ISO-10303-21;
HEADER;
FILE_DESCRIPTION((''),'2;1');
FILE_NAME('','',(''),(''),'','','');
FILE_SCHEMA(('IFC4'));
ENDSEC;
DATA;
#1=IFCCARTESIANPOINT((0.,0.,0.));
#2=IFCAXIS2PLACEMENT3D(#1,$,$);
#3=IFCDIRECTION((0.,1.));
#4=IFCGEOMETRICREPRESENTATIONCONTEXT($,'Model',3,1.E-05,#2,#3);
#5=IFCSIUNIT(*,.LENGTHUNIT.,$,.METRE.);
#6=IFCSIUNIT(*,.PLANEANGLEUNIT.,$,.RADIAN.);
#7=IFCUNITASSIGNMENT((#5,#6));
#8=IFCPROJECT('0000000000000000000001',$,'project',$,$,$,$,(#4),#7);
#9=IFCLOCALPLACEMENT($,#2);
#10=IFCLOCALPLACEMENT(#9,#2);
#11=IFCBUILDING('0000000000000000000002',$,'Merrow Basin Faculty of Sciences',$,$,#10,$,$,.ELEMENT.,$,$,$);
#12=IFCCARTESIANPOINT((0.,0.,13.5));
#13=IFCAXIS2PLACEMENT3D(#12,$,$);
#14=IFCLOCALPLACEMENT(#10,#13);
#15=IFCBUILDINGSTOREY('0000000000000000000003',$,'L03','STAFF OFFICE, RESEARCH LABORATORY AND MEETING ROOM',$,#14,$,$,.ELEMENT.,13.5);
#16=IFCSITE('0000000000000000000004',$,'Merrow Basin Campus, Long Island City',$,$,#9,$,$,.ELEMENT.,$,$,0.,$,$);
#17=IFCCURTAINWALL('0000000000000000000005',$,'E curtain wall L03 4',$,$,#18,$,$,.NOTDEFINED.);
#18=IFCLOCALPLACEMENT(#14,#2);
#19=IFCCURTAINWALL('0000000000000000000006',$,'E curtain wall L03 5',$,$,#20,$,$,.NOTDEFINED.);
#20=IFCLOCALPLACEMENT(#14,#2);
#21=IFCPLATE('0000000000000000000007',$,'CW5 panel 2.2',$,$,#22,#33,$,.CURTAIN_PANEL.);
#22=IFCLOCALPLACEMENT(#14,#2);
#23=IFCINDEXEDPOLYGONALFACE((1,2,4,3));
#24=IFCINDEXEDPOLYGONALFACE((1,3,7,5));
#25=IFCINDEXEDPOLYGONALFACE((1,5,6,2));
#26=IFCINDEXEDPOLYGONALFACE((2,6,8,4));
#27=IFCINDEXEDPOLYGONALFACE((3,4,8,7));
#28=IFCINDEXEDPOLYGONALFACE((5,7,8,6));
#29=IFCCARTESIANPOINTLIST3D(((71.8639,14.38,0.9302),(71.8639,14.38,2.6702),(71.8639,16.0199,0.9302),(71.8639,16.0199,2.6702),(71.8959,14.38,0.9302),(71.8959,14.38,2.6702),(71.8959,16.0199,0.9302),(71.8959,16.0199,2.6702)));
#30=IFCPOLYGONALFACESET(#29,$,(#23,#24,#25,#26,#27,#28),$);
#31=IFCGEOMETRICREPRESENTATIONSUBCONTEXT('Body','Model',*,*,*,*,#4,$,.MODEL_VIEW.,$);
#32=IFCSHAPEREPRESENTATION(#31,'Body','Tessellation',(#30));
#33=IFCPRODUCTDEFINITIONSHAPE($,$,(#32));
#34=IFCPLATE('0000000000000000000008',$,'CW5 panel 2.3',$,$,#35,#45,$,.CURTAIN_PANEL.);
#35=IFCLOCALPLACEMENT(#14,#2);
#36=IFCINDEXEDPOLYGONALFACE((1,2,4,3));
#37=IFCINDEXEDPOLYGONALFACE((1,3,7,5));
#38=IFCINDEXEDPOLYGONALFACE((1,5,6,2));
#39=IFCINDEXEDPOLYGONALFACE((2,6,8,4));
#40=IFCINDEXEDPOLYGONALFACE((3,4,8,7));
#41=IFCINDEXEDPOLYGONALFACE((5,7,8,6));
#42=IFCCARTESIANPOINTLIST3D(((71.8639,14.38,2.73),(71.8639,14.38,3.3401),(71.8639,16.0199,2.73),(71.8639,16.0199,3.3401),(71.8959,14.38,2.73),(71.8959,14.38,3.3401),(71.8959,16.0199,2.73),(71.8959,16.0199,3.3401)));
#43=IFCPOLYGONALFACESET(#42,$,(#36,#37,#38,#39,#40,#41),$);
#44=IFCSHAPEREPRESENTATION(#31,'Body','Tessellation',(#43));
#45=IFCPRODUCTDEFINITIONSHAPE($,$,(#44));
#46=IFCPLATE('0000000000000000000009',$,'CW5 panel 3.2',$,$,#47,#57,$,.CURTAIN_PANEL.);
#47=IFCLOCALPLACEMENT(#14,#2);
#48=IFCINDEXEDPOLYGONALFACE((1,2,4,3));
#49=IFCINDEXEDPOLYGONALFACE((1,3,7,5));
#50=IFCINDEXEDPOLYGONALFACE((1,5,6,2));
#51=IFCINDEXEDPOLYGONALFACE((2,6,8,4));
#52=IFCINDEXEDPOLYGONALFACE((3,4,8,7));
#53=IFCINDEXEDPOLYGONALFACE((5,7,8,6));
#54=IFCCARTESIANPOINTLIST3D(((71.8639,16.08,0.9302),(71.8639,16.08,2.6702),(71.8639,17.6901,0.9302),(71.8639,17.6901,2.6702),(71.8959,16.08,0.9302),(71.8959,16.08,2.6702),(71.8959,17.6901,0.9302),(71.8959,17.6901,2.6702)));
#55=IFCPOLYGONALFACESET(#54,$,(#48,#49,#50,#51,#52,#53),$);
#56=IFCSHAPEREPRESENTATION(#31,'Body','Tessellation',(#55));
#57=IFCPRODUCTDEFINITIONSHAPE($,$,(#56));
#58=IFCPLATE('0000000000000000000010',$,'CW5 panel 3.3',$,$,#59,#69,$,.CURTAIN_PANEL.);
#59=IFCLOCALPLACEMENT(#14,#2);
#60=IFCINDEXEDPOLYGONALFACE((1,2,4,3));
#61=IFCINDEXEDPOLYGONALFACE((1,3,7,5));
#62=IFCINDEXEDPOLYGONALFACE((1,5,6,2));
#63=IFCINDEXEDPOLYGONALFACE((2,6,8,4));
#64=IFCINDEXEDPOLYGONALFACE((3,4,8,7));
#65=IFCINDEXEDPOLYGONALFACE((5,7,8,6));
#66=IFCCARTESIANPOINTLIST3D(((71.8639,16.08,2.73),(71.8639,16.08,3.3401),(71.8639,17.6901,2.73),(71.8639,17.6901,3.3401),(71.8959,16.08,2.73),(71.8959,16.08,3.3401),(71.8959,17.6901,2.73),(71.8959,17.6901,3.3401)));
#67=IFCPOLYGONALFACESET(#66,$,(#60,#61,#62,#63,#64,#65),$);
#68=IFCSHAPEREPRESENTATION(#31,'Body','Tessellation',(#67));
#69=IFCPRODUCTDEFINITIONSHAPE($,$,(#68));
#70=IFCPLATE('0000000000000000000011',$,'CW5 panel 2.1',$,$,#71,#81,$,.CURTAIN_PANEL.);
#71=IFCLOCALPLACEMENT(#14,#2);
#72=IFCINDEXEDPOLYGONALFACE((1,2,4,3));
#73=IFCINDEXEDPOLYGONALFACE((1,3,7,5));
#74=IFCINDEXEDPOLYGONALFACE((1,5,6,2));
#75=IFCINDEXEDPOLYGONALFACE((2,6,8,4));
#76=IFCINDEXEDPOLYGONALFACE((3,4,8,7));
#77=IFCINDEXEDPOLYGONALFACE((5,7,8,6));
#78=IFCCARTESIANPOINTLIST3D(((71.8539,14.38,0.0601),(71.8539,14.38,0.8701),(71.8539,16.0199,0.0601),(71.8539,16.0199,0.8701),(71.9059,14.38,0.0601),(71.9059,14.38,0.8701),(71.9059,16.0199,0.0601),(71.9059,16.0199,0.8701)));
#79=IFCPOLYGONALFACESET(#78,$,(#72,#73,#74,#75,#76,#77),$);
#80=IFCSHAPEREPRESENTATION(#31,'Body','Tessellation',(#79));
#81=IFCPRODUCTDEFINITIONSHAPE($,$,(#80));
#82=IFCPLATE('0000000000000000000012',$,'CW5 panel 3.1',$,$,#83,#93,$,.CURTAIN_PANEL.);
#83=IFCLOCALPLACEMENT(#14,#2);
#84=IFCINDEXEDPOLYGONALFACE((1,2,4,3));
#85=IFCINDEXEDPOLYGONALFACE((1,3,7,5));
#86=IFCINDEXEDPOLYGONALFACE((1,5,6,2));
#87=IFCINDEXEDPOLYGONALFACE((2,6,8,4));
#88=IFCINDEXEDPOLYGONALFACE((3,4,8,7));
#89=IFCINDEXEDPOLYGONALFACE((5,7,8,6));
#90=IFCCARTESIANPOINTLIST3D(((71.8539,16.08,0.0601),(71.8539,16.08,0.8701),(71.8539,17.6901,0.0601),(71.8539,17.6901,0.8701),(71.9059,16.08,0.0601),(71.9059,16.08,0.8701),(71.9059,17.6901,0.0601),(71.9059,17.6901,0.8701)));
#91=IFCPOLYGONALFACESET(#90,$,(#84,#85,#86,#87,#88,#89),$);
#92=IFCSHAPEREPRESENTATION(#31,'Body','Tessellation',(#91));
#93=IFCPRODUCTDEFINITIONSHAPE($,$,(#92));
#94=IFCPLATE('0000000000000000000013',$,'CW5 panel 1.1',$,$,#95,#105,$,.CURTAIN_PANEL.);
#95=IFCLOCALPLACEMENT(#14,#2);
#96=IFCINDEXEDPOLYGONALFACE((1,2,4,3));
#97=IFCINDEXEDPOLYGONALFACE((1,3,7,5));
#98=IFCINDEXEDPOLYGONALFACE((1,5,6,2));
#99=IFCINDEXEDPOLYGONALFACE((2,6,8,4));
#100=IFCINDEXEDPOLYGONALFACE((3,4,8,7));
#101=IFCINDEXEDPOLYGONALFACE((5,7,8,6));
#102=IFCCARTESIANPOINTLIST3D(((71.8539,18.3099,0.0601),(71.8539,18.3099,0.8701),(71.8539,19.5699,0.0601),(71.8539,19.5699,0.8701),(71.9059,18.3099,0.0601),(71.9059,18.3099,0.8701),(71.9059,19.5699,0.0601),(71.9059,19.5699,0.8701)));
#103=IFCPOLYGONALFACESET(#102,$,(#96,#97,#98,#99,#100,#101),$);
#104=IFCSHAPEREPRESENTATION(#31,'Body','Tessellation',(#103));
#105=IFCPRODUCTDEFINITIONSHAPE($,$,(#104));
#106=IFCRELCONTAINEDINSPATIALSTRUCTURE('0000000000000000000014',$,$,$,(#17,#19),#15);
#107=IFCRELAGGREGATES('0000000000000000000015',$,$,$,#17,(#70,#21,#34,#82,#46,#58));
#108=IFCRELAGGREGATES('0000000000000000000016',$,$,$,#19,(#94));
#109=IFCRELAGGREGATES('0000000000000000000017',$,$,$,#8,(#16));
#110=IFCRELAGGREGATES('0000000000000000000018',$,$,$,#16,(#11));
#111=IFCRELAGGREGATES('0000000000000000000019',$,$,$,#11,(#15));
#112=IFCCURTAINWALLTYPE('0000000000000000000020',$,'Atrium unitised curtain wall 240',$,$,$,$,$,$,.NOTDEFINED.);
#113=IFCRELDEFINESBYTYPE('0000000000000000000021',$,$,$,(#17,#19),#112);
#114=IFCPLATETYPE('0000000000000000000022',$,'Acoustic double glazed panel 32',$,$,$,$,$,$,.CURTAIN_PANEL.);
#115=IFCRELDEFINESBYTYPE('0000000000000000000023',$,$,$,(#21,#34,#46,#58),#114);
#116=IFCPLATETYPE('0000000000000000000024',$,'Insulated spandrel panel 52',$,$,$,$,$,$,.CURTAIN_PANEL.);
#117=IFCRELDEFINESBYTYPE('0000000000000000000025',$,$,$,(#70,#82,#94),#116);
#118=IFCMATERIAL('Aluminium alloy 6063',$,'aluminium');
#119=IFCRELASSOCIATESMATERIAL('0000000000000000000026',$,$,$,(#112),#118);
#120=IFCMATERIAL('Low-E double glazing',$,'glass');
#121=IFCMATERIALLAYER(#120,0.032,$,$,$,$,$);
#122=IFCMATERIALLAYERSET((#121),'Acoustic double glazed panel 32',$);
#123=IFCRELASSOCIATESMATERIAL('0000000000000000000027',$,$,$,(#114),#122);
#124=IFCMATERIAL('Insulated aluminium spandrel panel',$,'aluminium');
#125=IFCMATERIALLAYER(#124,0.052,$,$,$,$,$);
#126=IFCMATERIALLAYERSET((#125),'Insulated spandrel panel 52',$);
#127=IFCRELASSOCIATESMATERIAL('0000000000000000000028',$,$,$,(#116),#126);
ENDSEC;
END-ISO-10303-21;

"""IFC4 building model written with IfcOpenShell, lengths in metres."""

from ifc_helpers import new_model, si_unit, direction, frame, origin, origin_2d, place, context, subcontext, project, spatial, rectangle, extrude, material, layer, layer_set, type_object, element, aggregate, save


model = new_model("IFC4")

# Units and contexts
model_context = context("Model", 3, precision=1e-05, world=origin(), true_north=direction((0.0, 1.0)))
body_context = subcontext(model_context, "Body", "Model", "MODEL_VIEW")
ifc_project = project(units=[si_unit("LENGTHUNIT", "METRE"), si_unit("PLANEANGLEUNIT", "RADIAN")], contexts=[model_context])

# Site, building, storey
site_placement = place(None, origin())
site = spatial("IfcSite", under=ifc_project, at=site_placement, Name="Merrow Basin Campus, Long Island City", CompositionType="ELEMENT", RefElevation=0.0)
building_placement = place(site_placement, origin())
building = spatial("IfcBuilding", under=site, at=building_placement, Name="Merrow Basin Faculty of Sciences", CompositionType="ELEMENT")
storey_placement = place(building_placement, frame((0.0, 0.0, 13.5)))
storey = spatial("IfcBuildingStorey", under=building, at=storey_placement, Name="L03", Description="STAFF OFFICE, RESEARCH LABORATORY AND MEETING ROOM", CompositionType="ELEMENT", Elevation=13.5)

# Curtain wall
ifc_material_1 = material(Name="Aluminium alloy 6063", Category="aluminium")
curtain_wall_type = type_object("IfcCurtainWallType", Name="Atrium unitised curtain wall 240", PredefinedType="NOTDEFINED", material=ifc_material_1)
curtain_wall_1_placement = place(storey_placement, origin())
curtain_wall_1 = element("IfcCurtainWall", 1, at=curtain_wall_1_placement, inside=storey, type_object=curtain_wall_type, Name="E curtain wall L03 4", PredefinedType="NOTDEFINED")

# Curtain wall
curtain_wall_2_placement = place(storey_placement, origin())
curtain_wall_2 = element("IfcCurtainWall", 2, at=curtain_wall_2_placement, inside=storey, type_object=curtain_wall_type, Name="E curtain wall L03 5", PredefinedType="NOTDEFINED")

# Plates
ifc_material_2 = material(Name="Low-E double glazing", Category="glass")
ifc_layer_1 = layer(ifc_material_2, 0.032)
ifc_layer_set_1 = layer_set([ifc_layer_1], Name="Acoustic double glazed panel 32")
plate_type_1 = type_object("IfcPlateType", Name="Acoustic double glazed panel 32", PredefinedType="CURTAIN_PANEL", material=ifc_layer_set_1)
plate_1_placement = place(storey_placement, frame((71.8799, 15.2, 0.9302), z_axis=(0.0, 0.0, 1.0), x_axis=(0.0, 1.0, 0.0)))
plate_1 = element("IfcPlate", 3, at=plate_1_placement, type_object=plate_type_1, Name="CW5 panel 2.2", PredefinedType="CURTAIN_PANEL", context=body_context, shape_type="SweptSolid", body=[
    extrude(rectangle(XDim=1.6399, YDim=0.032, at=origin_2d()), origin(), (0.0, 0.0, 1.0), 1.74),
])
plate_2_placement = place(storey_placement, frame((71.8799, 15.2, 2.73), z_axis=(0.0, 0.0, 1.0), x_axis=(0.0, 1.0, 0.0)))
plate_2 = element("IfcPlate", 4, at=plate_2_placement, type_object=plate_type_1, Name="CW5 panel 2.3", PredefinedType="CURTAIN_PANEL", context=body_context, shape_type="SweptSolid", body=[
    extrude(rectangle(XDim=1.6399, YDim=0.032, at=origin_2d()), origin(), (0.0, 0.0, 1.0), 0.6101),
])
plate_3_placement = place(storey_placement, frame((71.8799, 16.885, 0.9302), z_axis=(0.0, 0.0, 1.0), x_axis=(0.0, 1.0, 0.0)))
plate_3 = element("IfcPlate", 5, at=plate_3_placement, type_object=plate_type_1, Name="CW5 panel 3.2", PredefinedType="CURTAIN_PANEL", context=body_context, shape_type="SweptSolid", body=[
    extrude(rectangle(XDim=1.6101, YDim=0.032, at=origin_2d()), origin(), (0.0, 0.0, 1.0), 1.74),
])
plate_4_placement = place(storey_placement, frame((71.8799, 16.885, 2.73), z_axis=(0.0, 0.0, 1.0), x_axis=(0.0, 1.0, 0.0)))
plate_4 = element("IfcPlate", 6, at=plate_4_placement, type_object=plate_type_1, Name="CW5 panel 3.3", PredefinedType="CURTAIN_PANEL", context=body_context, shape_type="SweptSolid", body=[
    extrude(rectangle(XDim=1.6101, YDim=0.032, at=origin_2d()), origin(), (0.0, 0.0, 1.0), 0.6101),
])
ifc_material_3 = material(Name="Insulated aluminium spandrel panel", Category="aluminium")
ifc_layer_2 = layer(ifc_material_3, 0.052)
ifc_layer_set_2 = layer_set([ifc_layer_2], Name="Insulated spandrel panel 52")
plate_type_2 = type_object("IfcPlateType", Name="Insulated spandrel panel 52", PredefinedType="CURTAIN_PANEL", material=ifc_layer_set_2)
plate_5_placement = place(storey_placement, frame((71.8799, 15.2, 0.0601), z_axis=(0.0, 0.0, 1.0), x_axis=(0.0, 1.0, 0.0)))
plate_5 = element("IfcPlate", 7, at=plate_5_placement, type_object=plate_type_2, Name="CW5 panel 2.1", PredefinedType="CURTAIN_PANEL", context=body_context, shape_type="SweptSolid", body=[
    extrude(rectangle(XDim=1.6399, YDim=0.052, at=origin_2d()), origin(), (0.0, 0.0, 1.0), 0.8101),
])
plate_6_placement = place(storey_placement, frame((71.8799, 16.885, 0.0601), z_axis=(0.0, 0.0, 1.0), x_axis=(0.0, 1.0, 0.0)))
plate_6 = element("IfcPlate", 8, at=plate_6_placement, type_object=plate_type_2, Name="CW5 panel 3.1", PredefinedType="CURTAIN_PANEL", context=body_context, shape_type="SweptSolid", body=[
    extrude(rectangle(XDim=1.6101, YDim=0.052, at=origin_2d()), origin(), (0.0, 0.0, 1.0), 0.8101),
])
aggregate(curtain_wall_1, [plate_5, plate_1, plate_2, plate_6, plate_3, plate_4])
plate_7_placement = place(storey_placement, frame((71.8799, 18.9399, 0.0601), z_axis=(0.0, 0.0, 1.0), x_axis=(0.0, 1.0, 0.0)))
plate_7 = element("IfcPlate", 9, at=plate_7_placement, type_object=plate_type_2, Name="CW5 panel 1.1", PredefinedType="CURTAIN_PANEL", context=body_context, shape_type="SweptSolid", body=[
    extrude(rectangle(XDim=1.26, YDim=0.052, at=origin_2d()), origin(), (0.0, 0.0, 1.0), 0.8101),
])
aggregate(curtain_wall_2, [plate_7])

save(model, "model.ifc")
